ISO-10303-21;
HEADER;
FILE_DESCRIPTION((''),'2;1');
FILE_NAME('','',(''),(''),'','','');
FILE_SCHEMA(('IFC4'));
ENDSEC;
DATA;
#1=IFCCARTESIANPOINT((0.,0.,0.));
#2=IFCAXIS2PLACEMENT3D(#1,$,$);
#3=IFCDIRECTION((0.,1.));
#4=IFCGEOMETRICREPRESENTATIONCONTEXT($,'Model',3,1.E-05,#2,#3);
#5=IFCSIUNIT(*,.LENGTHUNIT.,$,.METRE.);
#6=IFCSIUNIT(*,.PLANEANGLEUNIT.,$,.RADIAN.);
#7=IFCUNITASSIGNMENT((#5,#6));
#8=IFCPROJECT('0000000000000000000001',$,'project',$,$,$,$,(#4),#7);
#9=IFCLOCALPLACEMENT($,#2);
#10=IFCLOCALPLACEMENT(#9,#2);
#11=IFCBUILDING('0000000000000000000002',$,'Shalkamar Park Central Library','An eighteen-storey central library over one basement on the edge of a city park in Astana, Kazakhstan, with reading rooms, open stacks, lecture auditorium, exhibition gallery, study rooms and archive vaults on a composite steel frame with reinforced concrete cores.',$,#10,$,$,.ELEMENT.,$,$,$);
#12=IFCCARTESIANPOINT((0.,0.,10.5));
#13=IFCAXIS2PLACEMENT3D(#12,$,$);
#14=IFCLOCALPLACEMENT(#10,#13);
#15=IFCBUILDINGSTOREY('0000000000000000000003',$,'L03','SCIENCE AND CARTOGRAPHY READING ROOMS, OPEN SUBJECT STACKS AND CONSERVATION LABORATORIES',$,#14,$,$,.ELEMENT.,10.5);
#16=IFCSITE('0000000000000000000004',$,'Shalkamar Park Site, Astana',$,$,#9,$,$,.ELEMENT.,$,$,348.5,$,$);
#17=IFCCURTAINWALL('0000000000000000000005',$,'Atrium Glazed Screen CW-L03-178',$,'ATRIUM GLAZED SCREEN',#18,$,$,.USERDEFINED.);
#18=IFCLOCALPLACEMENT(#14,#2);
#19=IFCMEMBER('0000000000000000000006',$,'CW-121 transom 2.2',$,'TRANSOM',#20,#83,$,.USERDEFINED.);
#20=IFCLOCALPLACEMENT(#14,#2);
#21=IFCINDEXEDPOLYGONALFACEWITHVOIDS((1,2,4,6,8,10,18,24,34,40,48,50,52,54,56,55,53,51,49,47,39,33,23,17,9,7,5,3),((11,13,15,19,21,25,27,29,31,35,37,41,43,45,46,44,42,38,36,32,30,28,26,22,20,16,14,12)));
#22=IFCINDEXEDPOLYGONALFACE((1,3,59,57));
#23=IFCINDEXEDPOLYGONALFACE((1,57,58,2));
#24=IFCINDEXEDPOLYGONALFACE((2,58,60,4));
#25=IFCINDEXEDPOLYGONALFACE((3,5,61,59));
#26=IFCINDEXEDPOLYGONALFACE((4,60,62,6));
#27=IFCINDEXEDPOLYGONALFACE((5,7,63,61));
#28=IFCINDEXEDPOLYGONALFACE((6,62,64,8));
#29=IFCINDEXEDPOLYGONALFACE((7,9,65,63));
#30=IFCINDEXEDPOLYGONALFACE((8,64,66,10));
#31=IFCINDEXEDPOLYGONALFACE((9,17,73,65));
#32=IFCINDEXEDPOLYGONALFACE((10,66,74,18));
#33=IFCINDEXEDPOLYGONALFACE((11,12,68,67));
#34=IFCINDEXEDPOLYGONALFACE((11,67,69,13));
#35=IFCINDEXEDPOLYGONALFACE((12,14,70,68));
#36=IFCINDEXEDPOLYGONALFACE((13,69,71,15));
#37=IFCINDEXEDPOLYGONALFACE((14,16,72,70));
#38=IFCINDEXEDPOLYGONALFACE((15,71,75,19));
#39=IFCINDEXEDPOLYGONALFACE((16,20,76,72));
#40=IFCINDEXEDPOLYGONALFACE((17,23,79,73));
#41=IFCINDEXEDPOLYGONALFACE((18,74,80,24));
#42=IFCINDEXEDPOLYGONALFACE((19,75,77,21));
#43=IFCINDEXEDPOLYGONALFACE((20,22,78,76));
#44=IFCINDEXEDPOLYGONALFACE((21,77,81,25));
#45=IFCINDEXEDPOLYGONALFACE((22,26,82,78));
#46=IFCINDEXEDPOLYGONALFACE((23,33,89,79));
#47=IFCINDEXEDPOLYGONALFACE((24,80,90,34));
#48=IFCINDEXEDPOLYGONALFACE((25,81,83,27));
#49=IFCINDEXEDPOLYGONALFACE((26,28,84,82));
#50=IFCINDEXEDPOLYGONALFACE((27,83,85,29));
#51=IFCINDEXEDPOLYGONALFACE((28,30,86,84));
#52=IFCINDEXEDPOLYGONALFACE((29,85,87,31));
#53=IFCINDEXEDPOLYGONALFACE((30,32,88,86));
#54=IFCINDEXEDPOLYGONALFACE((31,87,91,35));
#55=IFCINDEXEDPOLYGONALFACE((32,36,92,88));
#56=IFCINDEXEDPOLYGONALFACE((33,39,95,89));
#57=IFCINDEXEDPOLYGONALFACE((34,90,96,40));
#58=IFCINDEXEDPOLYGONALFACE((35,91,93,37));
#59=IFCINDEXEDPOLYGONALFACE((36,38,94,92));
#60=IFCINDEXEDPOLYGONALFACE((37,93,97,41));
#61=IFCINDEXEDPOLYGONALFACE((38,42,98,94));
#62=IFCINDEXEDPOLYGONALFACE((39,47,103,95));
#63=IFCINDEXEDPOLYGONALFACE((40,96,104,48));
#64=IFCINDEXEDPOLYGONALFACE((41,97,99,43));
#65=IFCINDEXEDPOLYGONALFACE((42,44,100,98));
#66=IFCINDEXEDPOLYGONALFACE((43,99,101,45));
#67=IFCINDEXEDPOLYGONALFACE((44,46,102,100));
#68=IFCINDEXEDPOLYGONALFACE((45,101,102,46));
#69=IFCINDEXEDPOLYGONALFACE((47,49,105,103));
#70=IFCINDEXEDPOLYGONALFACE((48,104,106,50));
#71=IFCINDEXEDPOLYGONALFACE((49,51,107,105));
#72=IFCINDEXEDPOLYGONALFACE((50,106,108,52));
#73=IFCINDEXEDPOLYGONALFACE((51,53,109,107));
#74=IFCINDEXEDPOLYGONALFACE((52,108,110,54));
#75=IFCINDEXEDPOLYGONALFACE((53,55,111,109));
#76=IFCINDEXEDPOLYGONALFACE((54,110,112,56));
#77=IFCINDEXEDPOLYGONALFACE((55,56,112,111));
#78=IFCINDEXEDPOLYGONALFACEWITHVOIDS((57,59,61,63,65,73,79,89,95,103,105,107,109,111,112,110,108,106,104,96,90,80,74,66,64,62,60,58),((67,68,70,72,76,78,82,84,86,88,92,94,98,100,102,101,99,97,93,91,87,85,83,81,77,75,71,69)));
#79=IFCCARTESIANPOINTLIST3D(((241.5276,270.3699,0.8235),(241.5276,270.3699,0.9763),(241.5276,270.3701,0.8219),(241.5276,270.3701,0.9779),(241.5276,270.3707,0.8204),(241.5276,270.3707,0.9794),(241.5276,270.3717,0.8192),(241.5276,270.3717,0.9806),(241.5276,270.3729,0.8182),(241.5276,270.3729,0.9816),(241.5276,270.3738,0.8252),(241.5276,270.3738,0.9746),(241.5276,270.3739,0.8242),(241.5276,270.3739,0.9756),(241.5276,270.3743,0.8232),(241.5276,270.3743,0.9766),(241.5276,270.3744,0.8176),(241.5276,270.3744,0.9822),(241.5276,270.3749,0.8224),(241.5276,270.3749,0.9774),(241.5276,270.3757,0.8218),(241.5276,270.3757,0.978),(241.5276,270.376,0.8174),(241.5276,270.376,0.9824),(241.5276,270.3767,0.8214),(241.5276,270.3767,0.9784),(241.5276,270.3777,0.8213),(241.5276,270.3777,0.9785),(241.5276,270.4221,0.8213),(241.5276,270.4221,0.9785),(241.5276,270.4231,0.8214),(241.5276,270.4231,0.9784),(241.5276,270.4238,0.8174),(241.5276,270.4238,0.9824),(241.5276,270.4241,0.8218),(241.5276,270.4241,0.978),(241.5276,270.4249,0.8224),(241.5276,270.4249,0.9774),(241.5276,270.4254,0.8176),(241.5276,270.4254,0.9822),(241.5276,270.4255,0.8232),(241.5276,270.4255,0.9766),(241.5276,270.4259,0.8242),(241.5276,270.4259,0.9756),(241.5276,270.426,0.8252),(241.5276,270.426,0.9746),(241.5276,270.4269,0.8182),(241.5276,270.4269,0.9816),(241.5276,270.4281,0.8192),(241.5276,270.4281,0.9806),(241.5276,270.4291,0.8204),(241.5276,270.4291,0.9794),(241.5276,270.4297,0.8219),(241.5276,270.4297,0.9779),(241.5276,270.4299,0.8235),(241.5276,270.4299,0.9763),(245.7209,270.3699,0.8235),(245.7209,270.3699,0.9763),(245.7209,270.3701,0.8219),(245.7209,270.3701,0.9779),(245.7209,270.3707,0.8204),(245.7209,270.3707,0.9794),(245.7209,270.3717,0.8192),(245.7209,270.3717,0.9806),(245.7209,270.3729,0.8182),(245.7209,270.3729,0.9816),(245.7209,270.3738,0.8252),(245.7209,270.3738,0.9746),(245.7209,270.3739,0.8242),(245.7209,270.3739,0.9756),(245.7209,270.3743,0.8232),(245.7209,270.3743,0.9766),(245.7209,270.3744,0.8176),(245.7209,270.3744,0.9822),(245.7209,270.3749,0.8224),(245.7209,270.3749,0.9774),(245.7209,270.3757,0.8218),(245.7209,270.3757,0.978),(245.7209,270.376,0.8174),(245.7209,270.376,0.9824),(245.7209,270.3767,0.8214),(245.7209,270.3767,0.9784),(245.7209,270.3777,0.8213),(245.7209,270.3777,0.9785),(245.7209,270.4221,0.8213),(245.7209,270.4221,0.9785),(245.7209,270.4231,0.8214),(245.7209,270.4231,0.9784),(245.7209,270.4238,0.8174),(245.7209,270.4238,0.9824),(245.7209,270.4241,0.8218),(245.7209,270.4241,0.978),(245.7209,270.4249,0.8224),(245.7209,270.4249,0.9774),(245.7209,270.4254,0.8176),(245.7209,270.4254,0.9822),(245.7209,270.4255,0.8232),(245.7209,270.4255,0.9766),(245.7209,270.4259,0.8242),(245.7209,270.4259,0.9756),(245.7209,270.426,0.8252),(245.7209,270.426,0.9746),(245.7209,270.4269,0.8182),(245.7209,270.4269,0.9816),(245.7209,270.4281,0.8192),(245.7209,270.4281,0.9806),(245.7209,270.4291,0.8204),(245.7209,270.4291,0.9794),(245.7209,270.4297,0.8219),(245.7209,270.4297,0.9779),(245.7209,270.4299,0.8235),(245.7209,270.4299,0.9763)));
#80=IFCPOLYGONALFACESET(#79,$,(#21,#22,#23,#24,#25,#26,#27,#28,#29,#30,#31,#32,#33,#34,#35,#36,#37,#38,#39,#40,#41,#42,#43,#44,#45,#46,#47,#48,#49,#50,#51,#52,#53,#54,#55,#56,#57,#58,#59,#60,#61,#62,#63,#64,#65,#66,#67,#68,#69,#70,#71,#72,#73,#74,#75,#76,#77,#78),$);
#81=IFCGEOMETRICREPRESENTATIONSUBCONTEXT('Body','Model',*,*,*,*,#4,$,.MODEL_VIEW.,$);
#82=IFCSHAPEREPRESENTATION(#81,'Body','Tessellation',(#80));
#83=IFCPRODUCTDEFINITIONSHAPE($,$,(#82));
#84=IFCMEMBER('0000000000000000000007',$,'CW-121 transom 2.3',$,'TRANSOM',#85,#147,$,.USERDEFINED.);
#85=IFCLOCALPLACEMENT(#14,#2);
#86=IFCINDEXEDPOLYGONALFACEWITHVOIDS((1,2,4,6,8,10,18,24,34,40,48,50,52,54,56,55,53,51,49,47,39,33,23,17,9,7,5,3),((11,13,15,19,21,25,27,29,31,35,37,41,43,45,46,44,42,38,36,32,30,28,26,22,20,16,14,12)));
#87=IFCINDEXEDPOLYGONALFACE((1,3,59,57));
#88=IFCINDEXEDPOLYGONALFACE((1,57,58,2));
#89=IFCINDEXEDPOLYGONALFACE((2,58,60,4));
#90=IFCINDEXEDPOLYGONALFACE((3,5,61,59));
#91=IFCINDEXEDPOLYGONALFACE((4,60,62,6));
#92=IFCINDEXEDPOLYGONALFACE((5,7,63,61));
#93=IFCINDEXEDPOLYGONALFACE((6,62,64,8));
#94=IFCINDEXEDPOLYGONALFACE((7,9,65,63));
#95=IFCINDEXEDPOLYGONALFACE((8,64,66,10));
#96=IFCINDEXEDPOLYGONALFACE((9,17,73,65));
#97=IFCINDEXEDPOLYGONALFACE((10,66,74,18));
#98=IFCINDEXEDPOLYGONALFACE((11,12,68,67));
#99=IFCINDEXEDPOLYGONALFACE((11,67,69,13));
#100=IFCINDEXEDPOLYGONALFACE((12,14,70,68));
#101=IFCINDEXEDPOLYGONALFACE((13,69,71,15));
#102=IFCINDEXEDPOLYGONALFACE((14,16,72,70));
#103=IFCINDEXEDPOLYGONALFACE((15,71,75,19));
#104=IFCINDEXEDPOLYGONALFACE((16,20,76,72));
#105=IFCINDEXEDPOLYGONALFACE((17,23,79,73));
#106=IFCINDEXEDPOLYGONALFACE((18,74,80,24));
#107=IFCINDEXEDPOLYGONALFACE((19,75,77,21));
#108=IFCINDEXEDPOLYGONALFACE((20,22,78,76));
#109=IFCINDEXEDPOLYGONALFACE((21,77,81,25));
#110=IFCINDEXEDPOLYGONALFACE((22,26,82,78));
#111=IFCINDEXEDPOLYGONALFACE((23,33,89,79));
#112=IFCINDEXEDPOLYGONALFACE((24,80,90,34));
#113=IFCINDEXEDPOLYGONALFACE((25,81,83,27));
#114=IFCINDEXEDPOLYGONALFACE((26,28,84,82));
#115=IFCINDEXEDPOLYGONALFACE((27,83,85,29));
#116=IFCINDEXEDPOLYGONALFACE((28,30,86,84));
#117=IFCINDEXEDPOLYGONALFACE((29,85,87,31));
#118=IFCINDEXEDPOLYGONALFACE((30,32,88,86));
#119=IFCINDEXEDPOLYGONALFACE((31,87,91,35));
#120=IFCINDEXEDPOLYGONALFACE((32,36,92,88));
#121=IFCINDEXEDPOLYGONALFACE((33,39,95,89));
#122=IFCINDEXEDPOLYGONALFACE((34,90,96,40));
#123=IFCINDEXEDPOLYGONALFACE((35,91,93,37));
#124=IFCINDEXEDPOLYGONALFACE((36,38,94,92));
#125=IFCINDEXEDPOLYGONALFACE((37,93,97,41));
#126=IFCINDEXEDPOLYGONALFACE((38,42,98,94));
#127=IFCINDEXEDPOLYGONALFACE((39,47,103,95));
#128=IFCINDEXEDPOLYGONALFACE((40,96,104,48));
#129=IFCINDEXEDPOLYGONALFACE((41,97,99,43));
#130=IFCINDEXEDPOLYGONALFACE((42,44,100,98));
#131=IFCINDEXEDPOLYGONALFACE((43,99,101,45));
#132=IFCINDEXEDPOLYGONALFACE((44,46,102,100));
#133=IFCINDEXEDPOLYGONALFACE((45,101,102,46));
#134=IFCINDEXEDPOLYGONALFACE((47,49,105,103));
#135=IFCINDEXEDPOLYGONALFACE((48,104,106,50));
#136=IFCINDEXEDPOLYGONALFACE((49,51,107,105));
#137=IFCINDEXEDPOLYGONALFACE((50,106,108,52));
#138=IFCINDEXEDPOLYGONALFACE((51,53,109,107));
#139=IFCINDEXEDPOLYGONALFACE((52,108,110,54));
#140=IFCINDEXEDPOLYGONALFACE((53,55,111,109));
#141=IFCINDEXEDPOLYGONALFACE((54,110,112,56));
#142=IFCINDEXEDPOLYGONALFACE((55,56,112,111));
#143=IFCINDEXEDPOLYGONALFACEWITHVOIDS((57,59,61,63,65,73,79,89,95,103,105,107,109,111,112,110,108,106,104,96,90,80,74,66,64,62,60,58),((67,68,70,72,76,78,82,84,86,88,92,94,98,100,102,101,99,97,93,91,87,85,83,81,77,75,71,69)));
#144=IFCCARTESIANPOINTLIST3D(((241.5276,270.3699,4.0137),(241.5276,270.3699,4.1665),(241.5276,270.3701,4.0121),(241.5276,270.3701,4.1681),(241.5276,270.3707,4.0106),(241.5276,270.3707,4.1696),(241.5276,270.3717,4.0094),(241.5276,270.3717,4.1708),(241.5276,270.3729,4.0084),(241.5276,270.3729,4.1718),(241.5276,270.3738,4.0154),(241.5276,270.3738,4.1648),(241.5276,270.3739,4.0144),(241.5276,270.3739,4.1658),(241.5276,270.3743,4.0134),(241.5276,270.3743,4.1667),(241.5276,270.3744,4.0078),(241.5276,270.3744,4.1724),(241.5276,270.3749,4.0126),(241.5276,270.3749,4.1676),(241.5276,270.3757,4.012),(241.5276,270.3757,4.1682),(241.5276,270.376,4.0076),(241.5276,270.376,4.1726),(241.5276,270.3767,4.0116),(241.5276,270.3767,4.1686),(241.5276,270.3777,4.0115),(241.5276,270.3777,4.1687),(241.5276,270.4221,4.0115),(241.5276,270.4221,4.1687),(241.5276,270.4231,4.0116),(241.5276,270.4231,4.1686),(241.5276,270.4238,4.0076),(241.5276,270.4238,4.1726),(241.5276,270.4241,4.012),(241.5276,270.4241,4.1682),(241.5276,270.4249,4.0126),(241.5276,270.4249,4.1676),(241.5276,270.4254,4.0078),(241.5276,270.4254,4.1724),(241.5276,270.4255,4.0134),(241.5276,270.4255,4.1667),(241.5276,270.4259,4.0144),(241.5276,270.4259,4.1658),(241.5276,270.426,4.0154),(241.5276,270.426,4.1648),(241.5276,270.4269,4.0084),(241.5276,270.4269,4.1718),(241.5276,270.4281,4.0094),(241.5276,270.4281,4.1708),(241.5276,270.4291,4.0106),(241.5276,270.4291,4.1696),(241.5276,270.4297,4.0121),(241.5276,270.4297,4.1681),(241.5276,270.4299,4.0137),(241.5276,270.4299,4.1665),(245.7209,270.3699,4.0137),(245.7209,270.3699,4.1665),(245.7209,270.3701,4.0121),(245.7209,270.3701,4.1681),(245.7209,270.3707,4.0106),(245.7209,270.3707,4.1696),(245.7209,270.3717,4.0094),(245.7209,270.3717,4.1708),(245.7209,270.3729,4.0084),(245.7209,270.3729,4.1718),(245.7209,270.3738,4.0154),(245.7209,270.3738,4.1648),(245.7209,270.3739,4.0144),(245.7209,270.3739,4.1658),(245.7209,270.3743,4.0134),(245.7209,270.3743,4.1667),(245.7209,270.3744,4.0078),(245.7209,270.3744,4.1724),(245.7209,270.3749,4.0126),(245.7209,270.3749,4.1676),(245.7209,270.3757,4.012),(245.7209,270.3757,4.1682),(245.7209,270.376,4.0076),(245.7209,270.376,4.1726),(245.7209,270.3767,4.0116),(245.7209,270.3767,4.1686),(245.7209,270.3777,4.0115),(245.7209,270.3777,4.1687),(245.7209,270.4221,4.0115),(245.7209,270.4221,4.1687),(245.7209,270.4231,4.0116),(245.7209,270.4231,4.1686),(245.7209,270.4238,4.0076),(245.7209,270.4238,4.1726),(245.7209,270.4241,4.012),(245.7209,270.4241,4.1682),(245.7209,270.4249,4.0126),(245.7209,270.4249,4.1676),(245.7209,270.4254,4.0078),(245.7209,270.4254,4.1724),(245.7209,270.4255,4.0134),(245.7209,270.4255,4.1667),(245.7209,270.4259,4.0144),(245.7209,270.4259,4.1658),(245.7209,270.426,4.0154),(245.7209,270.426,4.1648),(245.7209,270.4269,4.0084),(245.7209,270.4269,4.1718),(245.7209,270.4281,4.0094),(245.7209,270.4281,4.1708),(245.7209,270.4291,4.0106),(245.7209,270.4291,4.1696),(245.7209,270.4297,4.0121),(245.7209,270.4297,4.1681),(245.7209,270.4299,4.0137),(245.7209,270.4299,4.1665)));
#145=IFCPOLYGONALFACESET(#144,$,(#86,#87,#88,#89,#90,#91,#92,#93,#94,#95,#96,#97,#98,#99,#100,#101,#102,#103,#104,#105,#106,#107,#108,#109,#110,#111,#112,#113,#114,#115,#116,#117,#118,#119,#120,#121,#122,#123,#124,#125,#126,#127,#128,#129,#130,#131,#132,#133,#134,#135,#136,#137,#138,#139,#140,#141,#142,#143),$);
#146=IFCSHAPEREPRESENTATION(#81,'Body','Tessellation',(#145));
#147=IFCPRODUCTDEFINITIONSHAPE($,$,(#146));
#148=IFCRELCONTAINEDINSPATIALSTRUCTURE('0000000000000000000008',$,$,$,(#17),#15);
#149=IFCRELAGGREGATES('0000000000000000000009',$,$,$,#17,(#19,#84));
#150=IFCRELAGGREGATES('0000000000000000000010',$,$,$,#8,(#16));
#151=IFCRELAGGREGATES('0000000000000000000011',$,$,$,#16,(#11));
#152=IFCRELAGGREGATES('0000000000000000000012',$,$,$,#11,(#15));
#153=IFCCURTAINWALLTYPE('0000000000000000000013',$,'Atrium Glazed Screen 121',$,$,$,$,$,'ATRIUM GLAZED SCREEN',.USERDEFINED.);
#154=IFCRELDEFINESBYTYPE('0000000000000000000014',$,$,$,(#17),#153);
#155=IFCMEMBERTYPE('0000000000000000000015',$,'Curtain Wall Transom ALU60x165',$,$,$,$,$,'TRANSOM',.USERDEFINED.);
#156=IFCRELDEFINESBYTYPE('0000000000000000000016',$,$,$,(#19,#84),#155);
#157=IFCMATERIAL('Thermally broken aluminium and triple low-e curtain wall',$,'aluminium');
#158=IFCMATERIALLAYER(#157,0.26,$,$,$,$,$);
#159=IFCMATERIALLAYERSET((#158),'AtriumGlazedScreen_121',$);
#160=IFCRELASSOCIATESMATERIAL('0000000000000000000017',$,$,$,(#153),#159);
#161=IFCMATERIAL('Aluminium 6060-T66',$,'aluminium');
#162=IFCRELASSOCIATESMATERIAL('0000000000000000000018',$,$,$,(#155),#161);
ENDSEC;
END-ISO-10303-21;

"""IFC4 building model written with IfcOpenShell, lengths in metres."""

from ifc_helpers import new_model, si_unit, direction, frame, origin, origin_2d, place, context, subcontext, project, spatial, hollow_rectangle, extrude, material, layer, layer_set, material_profile, profile_set, type_object, element, aggregate, save


model = new_model("IFC4")

# Units and contexts
model_context = context("Model", 3, precision=1e-05, world=origin(), true_north=direction((0.0, 1.0)))
body_context = subcontext(model_context, "Body", "Model", "MODEL_VIEW")
ifc_project = project(units=[si_unit("LENGTHUNIT", "METRE"), si_unit("PLANEANGLEUNIT", "RADIAN")], contexts=[model_context])

# Site, building, storey
site_placement = place(None, origin())
site = spatial("IfcSite", under=ifc_project, at=site_placement, Name="Shalkamar Park Site, Astana", CompositionType="ELEMENT", RefElevation=348.5)
building_placement = place(site_placement, origin())
building = spatial("IfcBuilding", under=site, at=building_placement, Name="Shalkamar Park Central Library", Description="An eighteen-storey central library over one basement on the edge of a city park in Astana, Kazakhstan, with reading rooms, open stacks, lecture auditorium, exhibition gallery, study rooms and archive vaults on a composite steel frame with reinforced concrete cores.", CompositionType="ELEMENT")
storey_placement = place(building_placement, frame((0.0, 0.0, 10.5)))
storey = spatial("IfcBuildingStorey", under=building, at=storey_placement, Name="L03", Description="SCIENCE AND CARTOGRAPHY READING ROOMS, OPEN SUBJECT STACKS AND CONSERVATION LABORATORIES", CompositionType="ELEMENT", Elevation=10.5)

# Curtain wall, members
ifc_material_1 = material(Name="Thermally broken aluminium and triple low-e curtain wall", Category="aluminium")
ifc_layer_1 = layer(ifc_material_1, 0.26)
ifc_layer_set_1 = layer_set([ifc_layer_1], Name="AtriumGlazedScreen_121")
curtain_wall_type = type_object("IfcCurtainWallType", Name="Atrium Glazed Screen 121", ElementType="ATRIUM GLAZED SCREEN", PredefinedType="USERDEFINED", material=ifc_layer_set_1)
curtain_wall_placement = place(storey_placement, origin())
curtain_wall = element("IfcCurtainWall", 1, at=curtain_wall_placement, inside=storey, type_object=curtain_wall_type, Name="Atrium Glazed Screen CW-L03-178", ObjectType="ATRIUM GLAZED SCREEN", PredefinedType="USERDEFINED")
ifc_material_2 = material(Name="Aluminium 6060-T66", Category="aluminium")
ifc_material_profile_1 = material_profile(ifc_material_2, hollow_rectangle(XDim=0.0601, YDim=0.165, WallThickness=0.0039, InnerFilletRadius=0.0039, OuterFilletRadius=0.0061, at=origin_2d()), Name="ALU 60x165x4")
ifc_profile_set_1 = profile_set([ifc_material_profile_1], Name="Aluminium 6060-T66")
member_type_1 = type_object("IfcMemberType", Name="Curtain Wall Transom ALU60x165", ElementType="TRANSOM", PredefinedType="USERDEFINED", material=ifc_profile_set_1)
member_1_placement = place(storey_placement, frame((241.5276, 270.3999, 0.8999), z_axis=(1.0, 0.0, 0.0), x_axis=(0.0, 1.0, 0.0)))
member_1 = element("IfcMember", 2, at=member_1_placement, type_object=member_type_1, Name="CW-121 transom 2.2", ObjectType="TRANSOM", PredefinedType="USERDEFINED", context=body_context, shape_type="SweptSolid", body=[
    extrude(hollow_rectangle(XDim=0.0601, YDim=0.165, WallThickness=0.0039, InnerFilletRadius=0.0039, OuterFilletRadius=0.0061, at=origin_2d()), origin(), (0.0, 0.0, 1.0), 4.1934),
])
member_2_placement = place(storey_placement, frame((241.5276, 270.3999, 4.0901), z_axis=(1.0, 0.0, 0.0), x_axis=(0.0, 1.0, 0.0)))
member_2 = element("IfcMember", 3, at=member_2_placement, type_object=member_type_1, Name="CW-121 transom 2.3", ObjectType="TRANSOM", PredefinedType="USERDEFINED", context=body_context, shape_type="SweptSolid", body=[
    extrude(hollow_rectangle(XDim=0.0601, YDim=0.165, WallThickness=0.0039, InnerFilletRadius=0.0039, OuterFilletRadius=0.0061, at=origin_2d()), origin(), (0.0, 0.0, 1.0), 4.1934),
])

aggregate(curtain_wall, [member_1, member_2])

save(model, "model.ifc")
